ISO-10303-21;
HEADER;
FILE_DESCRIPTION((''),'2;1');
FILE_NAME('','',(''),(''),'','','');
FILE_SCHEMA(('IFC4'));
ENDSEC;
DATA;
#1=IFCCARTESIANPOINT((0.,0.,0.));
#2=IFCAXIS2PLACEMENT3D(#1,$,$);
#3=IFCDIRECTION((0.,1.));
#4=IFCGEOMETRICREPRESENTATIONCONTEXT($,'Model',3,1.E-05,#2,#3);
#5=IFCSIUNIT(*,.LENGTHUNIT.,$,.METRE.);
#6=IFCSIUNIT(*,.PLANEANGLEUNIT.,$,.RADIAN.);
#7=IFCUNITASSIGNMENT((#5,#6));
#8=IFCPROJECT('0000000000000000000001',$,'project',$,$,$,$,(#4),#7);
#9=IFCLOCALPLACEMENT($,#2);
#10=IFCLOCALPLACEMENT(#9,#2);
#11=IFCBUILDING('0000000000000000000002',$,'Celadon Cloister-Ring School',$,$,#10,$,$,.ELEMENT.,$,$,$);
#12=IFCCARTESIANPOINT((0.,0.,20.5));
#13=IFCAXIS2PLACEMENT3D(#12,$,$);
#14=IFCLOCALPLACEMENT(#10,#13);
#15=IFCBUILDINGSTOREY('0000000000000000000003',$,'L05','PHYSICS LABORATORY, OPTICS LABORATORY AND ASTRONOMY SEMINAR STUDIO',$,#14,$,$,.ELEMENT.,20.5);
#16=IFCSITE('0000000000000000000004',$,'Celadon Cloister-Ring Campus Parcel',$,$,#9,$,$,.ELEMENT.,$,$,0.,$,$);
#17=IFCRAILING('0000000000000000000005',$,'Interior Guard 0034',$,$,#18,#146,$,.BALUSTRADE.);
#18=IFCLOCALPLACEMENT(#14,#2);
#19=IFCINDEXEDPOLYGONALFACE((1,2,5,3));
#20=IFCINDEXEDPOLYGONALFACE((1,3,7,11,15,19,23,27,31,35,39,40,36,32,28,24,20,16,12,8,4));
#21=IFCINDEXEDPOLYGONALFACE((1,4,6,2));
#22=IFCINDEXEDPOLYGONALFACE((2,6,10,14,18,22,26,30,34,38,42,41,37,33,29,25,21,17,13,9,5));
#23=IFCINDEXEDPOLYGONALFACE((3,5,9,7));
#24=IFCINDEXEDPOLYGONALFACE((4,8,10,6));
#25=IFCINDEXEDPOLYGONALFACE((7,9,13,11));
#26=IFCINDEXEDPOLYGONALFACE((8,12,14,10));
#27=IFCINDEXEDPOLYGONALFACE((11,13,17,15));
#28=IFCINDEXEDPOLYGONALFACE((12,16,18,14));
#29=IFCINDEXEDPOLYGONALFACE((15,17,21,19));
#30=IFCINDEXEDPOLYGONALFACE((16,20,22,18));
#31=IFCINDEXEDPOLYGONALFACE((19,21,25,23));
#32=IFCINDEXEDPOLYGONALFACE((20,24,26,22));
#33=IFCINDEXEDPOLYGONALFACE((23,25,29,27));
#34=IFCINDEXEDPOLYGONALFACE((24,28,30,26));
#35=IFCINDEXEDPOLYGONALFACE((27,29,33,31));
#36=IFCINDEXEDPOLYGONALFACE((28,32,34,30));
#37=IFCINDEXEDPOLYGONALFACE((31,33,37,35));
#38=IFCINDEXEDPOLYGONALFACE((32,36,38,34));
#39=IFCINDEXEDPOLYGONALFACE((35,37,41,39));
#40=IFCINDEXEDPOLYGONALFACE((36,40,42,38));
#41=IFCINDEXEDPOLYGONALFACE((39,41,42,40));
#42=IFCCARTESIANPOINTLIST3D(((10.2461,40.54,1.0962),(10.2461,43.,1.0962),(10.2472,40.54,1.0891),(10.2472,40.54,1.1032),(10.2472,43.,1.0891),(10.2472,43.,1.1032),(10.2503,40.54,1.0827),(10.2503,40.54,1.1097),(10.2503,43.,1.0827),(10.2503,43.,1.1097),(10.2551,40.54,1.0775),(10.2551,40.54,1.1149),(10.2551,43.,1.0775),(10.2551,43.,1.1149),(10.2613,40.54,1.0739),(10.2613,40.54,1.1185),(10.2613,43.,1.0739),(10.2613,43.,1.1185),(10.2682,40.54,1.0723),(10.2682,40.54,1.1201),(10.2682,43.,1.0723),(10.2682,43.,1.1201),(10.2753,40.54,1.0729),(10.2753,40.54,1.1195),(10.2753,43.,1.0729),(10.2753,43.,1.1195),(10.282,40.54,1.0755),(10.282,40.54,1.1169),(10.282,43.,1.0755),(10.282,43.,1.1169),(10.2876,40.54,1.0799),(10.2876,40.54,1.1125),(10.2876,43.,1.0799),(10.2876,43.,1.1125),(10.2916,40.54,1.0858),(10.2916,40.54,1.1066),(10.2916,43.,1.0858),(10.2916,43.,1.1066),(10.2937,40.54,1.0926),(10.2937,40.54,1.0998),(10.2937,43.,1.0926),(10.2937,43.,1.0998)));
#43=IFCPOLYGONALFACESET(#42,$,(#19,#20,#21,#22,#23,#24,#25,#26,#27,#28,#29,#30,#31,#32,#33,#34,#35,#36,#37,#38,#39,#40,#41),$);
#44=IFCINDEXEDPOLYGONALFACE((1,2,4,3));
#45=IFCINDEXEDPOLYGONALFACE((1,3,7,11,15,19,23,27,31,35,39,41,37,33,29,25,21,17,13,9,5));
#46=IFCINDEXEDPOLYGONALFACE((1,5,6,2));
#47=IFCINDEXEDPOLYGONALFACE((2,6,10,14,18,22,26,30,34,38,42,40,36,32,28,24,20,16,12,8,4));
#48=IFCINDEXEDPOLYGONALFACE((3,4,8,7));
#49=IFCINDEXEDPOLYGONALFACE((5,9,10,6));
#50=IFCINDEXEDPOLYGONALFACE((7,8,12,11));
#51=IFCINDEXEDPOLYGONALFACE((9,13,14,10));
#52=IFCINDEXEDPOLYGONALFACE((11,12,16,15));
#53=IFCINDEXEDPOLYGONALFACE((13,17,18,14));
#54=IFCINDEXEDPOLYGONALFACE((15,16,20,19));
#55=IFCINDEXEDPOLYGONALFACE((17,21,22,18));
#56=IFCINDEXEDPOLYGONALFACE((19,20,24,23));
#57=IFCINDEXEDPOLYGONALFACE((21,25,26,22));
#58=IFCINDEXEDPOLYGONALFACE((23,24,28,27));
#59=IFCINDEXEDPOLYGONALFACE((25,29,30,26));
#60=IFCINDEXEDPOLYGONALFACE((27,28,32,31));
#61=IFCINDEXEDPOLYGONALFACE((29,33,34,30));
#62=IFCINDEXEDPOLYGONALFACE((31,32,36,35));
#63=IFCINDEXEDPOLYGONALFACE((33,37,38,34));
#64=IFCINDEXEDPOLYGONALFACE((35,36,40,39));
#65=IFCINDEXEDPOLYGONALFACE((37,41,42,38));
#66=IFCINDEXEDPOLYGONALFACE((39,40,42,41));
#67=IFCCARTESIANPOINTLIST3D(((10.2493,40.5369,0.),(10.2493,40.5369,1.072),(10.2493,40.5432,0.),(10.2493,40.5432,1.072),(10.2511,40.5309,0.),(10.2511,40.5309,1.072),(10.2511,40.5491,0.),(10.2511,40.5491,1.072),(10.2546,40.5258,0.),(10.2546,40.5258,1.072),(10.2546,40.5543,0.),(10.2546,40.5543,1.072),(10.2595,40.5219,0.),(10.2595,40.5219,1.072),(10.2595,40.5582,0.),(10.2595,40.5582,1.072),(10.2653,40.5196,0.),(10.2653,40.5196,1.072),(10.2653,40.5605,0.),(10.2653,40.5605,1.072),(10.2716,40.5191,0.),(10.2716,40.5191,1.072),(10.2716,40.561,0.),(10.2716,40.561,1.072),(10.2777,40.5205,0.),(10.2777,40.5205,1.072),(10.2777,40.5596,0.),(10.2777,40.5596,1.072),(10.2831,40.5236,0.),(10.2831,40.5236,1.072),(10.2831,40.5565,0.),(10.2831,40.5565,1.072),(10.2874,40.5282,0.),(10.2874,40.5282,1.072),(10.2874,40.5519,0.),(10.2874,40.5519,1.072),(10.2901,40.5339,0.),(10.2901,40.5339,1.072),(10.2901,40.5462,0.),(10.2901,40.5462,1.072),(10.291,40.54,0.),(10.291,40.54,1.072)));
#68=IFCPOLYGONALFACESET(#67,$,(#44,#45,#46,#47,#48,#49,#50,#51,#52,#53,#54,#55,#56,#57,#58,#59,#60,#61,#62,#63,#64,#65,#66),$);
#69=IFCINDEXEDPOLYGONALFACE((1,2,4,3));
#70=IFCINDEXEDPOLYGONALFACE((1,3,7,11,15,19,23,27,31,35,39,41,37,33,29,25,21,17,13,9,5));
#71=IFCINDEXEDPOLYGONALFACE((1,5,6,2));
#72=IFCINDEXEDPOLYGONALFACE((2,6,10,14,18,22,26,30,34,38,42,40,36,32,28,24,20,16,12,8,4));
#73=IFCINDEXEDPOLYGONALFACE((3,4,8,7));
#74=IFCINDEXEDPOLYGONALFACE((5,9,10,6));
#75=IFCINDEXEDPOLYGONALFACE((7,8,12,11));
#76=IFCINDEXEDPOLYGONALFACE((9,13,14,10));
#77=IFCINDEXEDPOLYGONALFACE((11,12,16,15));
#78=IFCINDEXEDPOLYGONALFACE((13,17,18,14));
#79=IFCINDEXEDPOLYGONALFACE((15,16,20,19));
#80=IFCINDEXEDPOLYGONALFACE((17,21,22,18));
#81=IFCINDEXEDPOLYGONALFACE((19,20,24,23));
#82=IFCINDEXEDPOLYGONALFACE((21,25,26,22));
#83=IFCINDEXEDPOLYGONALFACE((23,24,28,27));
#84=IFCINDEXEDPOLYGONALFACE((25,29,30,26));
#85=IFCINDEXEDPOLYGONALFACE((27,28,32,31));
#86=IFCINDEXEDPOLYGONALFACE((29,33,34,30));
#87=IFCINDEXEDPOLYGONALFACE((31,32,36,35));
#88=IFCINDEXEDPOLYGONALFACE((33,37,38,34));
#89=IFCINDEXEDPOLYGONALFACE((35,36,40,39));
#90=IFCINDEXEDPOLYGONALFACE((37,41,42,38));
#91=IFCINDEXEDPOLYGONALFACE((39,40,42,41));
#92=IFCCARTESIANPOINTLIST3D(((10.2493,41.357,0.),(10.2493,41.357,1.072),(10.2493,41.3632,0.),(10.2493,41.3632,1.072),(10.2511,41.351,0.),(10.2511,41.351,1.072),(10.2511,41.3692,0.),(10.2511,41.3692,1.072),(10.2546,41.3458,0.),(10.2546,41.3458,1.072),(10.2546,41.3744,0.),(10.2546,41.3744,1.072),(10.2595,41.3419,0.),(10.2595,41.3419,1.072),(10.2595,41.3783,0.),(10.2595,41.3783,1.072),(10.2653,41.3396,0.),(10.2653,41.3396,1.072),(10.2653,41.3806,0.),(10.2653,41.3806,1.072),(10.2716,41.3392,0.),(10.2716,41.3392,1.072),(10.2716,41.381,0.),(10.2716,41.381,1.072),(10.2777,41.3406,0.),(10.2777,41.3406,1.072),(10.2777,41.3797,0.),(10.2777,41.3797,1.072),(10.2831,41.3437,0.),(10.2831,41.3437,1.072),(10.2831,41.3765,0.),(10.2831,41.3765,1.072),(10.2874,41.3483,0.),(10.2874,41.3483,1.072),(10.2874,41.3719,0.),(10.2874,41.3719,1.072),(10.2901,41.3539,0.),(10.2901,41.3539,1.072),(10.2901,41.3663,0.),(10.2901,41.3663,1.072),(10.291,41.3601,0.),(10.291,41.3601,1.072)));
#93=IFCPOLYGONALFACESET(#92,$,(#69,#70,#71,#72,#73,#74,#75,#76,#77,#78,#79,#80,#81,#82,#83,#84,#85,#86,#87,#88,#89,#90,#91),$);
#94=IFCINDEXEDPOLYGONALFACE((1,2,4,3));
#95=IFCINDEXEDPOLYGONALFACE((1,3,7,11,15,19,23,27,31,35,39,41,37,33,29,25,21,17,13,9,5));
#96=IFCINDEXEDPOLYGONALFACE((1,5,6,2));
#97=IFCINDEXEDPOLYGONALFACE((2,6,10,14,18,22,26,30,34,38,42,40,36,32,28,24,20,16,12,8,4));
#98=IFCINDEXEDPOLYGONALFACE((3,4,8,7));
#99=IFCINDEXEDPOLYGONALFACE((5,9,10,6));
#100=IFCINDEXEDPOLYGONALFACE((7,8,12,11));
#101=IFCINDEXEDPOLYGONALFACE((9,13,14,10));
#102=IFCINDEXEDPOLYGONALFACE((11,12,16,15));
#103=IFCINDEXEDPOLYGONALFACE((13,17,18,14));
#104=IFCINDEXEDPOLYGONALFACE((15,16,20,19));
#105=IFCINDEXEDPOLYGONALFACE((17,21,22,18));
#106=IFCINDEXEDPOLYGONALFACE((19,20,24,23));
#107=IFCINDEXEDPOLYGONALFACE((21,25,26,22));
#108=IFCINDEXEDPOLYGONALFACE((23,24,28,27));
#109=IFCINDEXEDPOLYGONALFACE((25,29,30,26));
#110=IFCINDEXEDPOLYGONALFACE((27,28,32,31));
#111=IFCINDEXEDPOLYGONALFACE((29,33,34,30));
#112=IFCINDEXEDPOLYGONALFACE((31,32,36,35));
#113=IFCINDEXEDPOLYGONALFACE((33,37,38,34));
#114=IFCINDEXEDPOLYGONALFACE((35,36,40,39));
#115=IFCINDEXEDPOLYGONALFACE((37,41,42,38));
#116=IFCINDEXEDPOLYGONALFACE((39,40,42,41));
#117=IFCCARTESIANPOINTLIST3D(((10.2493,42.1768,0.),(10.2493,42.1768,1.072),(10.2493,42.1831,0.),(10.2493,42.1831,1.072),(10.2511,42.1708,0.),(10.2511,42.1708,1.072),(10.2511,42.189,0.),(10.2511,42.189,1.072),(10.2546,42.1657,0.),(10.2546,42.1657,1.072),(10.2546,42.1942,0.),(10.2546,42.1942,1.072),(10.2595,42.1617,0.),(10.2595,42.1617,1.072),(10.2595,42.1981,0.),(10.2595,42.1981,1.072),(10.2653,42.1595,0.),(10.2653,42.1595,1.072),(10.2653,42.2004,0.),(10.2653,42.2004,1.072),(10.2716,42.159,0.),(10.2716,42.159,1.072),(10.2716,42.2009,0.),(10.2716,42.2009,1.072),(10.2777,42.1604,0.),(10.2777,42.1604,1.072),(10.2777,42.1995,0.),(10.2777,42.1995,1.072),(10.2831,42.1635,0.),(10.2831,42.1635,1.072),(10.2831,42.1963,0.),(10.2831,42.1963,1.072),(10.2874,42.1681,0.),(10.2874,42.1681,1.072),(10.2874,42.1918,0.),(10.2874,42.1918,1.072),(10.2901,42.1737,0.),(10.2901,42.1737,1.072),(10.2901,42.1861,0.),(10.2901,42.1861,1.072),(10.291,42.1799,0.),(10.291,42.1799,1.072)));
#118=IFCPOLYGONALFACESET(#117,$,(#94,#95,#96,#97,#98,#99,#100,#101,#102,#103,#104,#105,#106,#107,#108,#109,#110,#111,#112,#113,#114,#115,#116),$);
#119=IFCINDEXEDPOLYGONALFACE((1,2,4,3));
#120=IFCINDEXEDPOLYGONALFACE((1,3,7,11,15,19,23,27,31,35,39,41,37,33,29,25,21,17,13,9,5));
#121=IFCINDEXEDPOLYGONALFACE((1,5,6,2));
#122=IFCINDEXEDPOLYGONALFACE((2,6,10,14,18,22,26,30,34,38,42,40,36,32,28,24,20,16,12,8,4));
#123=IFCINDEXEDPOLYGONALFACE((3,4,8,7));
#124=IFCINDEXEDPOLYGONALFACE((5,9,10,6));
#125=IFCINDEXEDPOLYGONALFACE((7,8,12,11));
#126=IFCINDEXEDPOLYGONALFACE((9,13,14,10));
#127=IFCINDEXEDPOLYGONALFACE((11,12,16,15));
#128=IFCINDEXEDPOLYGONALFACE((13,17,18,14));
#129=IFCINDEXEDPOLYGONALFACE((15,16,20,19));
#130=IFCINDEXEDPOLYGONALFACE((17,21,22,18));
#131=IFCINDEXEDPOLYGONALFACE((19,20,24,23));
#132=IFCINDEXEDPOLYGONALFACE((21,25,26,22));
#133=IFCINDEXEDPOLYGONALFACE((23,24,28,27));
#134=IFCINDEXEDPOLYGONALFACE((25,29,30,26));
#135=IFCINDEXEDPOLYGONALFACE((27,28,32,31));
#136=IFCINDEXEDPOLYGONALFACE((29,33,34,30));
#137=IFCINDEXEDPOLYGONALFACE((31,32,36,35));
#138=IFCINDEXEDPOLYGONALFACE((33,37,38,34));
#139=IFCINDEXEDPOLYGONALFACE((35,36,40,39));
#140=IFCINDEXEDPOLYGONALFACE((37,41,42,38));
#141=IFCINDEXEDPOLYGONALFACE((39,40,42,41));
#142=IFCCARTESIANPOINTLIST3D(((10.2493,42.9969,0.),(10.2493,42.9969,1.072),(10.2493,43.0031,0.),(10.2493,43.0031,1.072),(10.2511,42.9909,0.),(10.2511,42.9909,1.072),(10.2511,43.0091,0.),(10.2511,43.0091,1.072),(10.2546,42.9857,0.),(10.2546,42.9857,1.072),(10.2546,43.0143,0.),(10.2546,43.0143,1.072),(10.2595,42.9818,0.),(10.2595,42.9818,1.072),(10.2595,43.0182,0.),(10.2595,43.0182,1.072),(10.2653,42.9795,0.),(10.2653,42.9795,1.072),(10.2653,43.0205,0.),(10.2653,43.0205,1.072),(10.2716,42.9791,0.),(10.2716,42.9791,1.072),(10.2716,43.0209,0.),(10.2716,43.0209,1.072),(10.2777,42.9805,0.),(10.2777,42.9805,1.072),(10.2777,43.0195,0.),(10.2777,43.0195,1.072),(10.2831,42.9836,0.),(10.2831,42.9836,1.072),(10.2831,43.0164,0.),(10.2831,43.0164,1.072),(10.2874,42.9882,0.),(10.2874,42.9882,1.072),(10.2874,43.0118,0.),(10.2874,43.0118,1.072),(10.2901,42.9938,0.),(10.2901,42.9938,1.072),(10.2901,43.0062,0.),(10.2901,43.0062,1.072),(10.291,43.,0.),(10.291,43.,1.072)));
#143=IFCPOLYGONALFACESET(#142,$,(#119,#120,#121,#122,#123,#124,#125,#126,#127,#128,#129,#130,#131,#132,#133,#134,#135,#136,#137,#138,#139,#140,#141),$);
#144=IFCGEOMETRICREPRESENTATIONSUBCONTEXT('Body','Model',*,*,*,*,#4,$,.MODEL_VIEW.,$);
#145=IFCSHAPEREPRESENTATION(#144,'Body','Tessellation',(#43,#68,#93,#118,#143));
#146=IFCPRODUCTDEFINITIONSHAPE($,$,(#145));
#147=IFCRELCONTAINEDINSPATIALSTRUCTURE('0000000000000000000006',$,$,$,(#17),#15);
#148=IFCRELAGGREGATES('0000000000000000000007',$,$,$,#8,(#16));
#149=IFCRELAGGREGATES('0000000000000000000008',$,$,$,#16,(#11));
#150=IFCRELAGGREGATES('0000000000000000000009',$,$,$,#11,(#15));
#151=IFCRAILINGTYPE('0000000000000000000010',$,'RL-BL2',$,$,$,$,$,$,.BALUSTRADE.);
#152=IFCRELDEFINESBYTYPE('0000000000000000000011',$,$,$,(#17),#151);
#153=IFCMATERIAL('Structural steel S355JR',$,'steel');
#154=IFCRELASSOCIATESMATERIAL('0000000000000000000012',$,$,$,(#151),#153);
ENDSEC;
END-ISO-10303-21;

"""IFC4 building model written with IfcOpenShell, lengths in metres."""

from ifc_helpers import new_model, si_unit, direction, frame, origin, origin_2d, place, context, subcontext, project, spatial, circle, extrude, material, type_object, element, save


model = new_model("IFC4")

# Units and contexts
model_context = context("Model", 3, precision=1e-05, world=origin(), true_north=direction((0.0, 1.0)))
body_context = subcontext(model_context, "Body", "Model", "MODEL_VIEW")
ifc_project = project(units=[si_unit("LENGTHUNIT", "METRE"), si_unit("PLANEANGLEUNIT", "RADIAN")], contexts=[model_context])

# Site, building, storey
site_placement = place(None, origin())
site = spatial("IfcSite", under=ifc_project, at=site_placement, Name="Celadon Cloister-Ring Campus Parcel", CompositionType="ELEMENT", RefElevation=0.0)
building_placement = place(site_placement, origin())
building = spatial("IfcBuilding", under=site, at=building_placement, Name="Celadon Cloister-Ring School", CompositionType="ELEMENT")
storey_placement = place(building_placement, frame((0.0, 0.0, 20.5)))
storey = spatial("IfcBuildingStorey", under=building, at=storey_placement, Name="L05", Description="PHYSICS LABORATORY, OPTICS LABORATORY AND ASTRONOMY SEMINAR STUDIO", CompositionType="ELEMENT", Elevation=20.5)

# Railing
ifc_material_1 = material(Name="Structural steel S355JR", Category="steel")
railing_type = type_object("IfcRailingType", Name="RL-BL2", PredefinedType="BALUSTRADE", material=ifc_material_1)
railing_1_placement = place(storey_placement, frame((10.27, 40.54, 0.0)))
element("IfcRailing", 1, at=railing_1_placement, inside=storey, type_object=railing_type, Name="Interior Guard 0034", PredefinedType="BALUSTRADE", context=body_context, shape_type="SweptSolid", body=[
    extrude(circle(Radius=0.0239, at=origin_2d()), frame((0.0, 0.0, 1.0962), z_axis=(0.0, 1.0, 0.0), x_axis=(-1.0, 0.0, 0.0)), (0.0, 0.0, 1.0), 2.46),
    extrude(circle(Radius=0.021, at=origin_2d()), origin(), (0.0, 0.0, 1.0), 1.072),
    extrude(circle(Radius=0.021, at=origin_2d()), frame((0.0, 0.8201, 0.0)), (0.0, 0.0, 1.0), 1.072),
    extrude(circle(Radius=0.021, at=origin_2d()), frame((0.0, 1.6399, 0.0)), (0.0, 0.0, 1.0), 1.072),
    extrude(circle(Radius=0.021, at=origin_2d()), frame((0.0, 2.46, 0.0)), (0.0, 0.0, 1.0), 1.072),
])

save(model, "model.ifc")
